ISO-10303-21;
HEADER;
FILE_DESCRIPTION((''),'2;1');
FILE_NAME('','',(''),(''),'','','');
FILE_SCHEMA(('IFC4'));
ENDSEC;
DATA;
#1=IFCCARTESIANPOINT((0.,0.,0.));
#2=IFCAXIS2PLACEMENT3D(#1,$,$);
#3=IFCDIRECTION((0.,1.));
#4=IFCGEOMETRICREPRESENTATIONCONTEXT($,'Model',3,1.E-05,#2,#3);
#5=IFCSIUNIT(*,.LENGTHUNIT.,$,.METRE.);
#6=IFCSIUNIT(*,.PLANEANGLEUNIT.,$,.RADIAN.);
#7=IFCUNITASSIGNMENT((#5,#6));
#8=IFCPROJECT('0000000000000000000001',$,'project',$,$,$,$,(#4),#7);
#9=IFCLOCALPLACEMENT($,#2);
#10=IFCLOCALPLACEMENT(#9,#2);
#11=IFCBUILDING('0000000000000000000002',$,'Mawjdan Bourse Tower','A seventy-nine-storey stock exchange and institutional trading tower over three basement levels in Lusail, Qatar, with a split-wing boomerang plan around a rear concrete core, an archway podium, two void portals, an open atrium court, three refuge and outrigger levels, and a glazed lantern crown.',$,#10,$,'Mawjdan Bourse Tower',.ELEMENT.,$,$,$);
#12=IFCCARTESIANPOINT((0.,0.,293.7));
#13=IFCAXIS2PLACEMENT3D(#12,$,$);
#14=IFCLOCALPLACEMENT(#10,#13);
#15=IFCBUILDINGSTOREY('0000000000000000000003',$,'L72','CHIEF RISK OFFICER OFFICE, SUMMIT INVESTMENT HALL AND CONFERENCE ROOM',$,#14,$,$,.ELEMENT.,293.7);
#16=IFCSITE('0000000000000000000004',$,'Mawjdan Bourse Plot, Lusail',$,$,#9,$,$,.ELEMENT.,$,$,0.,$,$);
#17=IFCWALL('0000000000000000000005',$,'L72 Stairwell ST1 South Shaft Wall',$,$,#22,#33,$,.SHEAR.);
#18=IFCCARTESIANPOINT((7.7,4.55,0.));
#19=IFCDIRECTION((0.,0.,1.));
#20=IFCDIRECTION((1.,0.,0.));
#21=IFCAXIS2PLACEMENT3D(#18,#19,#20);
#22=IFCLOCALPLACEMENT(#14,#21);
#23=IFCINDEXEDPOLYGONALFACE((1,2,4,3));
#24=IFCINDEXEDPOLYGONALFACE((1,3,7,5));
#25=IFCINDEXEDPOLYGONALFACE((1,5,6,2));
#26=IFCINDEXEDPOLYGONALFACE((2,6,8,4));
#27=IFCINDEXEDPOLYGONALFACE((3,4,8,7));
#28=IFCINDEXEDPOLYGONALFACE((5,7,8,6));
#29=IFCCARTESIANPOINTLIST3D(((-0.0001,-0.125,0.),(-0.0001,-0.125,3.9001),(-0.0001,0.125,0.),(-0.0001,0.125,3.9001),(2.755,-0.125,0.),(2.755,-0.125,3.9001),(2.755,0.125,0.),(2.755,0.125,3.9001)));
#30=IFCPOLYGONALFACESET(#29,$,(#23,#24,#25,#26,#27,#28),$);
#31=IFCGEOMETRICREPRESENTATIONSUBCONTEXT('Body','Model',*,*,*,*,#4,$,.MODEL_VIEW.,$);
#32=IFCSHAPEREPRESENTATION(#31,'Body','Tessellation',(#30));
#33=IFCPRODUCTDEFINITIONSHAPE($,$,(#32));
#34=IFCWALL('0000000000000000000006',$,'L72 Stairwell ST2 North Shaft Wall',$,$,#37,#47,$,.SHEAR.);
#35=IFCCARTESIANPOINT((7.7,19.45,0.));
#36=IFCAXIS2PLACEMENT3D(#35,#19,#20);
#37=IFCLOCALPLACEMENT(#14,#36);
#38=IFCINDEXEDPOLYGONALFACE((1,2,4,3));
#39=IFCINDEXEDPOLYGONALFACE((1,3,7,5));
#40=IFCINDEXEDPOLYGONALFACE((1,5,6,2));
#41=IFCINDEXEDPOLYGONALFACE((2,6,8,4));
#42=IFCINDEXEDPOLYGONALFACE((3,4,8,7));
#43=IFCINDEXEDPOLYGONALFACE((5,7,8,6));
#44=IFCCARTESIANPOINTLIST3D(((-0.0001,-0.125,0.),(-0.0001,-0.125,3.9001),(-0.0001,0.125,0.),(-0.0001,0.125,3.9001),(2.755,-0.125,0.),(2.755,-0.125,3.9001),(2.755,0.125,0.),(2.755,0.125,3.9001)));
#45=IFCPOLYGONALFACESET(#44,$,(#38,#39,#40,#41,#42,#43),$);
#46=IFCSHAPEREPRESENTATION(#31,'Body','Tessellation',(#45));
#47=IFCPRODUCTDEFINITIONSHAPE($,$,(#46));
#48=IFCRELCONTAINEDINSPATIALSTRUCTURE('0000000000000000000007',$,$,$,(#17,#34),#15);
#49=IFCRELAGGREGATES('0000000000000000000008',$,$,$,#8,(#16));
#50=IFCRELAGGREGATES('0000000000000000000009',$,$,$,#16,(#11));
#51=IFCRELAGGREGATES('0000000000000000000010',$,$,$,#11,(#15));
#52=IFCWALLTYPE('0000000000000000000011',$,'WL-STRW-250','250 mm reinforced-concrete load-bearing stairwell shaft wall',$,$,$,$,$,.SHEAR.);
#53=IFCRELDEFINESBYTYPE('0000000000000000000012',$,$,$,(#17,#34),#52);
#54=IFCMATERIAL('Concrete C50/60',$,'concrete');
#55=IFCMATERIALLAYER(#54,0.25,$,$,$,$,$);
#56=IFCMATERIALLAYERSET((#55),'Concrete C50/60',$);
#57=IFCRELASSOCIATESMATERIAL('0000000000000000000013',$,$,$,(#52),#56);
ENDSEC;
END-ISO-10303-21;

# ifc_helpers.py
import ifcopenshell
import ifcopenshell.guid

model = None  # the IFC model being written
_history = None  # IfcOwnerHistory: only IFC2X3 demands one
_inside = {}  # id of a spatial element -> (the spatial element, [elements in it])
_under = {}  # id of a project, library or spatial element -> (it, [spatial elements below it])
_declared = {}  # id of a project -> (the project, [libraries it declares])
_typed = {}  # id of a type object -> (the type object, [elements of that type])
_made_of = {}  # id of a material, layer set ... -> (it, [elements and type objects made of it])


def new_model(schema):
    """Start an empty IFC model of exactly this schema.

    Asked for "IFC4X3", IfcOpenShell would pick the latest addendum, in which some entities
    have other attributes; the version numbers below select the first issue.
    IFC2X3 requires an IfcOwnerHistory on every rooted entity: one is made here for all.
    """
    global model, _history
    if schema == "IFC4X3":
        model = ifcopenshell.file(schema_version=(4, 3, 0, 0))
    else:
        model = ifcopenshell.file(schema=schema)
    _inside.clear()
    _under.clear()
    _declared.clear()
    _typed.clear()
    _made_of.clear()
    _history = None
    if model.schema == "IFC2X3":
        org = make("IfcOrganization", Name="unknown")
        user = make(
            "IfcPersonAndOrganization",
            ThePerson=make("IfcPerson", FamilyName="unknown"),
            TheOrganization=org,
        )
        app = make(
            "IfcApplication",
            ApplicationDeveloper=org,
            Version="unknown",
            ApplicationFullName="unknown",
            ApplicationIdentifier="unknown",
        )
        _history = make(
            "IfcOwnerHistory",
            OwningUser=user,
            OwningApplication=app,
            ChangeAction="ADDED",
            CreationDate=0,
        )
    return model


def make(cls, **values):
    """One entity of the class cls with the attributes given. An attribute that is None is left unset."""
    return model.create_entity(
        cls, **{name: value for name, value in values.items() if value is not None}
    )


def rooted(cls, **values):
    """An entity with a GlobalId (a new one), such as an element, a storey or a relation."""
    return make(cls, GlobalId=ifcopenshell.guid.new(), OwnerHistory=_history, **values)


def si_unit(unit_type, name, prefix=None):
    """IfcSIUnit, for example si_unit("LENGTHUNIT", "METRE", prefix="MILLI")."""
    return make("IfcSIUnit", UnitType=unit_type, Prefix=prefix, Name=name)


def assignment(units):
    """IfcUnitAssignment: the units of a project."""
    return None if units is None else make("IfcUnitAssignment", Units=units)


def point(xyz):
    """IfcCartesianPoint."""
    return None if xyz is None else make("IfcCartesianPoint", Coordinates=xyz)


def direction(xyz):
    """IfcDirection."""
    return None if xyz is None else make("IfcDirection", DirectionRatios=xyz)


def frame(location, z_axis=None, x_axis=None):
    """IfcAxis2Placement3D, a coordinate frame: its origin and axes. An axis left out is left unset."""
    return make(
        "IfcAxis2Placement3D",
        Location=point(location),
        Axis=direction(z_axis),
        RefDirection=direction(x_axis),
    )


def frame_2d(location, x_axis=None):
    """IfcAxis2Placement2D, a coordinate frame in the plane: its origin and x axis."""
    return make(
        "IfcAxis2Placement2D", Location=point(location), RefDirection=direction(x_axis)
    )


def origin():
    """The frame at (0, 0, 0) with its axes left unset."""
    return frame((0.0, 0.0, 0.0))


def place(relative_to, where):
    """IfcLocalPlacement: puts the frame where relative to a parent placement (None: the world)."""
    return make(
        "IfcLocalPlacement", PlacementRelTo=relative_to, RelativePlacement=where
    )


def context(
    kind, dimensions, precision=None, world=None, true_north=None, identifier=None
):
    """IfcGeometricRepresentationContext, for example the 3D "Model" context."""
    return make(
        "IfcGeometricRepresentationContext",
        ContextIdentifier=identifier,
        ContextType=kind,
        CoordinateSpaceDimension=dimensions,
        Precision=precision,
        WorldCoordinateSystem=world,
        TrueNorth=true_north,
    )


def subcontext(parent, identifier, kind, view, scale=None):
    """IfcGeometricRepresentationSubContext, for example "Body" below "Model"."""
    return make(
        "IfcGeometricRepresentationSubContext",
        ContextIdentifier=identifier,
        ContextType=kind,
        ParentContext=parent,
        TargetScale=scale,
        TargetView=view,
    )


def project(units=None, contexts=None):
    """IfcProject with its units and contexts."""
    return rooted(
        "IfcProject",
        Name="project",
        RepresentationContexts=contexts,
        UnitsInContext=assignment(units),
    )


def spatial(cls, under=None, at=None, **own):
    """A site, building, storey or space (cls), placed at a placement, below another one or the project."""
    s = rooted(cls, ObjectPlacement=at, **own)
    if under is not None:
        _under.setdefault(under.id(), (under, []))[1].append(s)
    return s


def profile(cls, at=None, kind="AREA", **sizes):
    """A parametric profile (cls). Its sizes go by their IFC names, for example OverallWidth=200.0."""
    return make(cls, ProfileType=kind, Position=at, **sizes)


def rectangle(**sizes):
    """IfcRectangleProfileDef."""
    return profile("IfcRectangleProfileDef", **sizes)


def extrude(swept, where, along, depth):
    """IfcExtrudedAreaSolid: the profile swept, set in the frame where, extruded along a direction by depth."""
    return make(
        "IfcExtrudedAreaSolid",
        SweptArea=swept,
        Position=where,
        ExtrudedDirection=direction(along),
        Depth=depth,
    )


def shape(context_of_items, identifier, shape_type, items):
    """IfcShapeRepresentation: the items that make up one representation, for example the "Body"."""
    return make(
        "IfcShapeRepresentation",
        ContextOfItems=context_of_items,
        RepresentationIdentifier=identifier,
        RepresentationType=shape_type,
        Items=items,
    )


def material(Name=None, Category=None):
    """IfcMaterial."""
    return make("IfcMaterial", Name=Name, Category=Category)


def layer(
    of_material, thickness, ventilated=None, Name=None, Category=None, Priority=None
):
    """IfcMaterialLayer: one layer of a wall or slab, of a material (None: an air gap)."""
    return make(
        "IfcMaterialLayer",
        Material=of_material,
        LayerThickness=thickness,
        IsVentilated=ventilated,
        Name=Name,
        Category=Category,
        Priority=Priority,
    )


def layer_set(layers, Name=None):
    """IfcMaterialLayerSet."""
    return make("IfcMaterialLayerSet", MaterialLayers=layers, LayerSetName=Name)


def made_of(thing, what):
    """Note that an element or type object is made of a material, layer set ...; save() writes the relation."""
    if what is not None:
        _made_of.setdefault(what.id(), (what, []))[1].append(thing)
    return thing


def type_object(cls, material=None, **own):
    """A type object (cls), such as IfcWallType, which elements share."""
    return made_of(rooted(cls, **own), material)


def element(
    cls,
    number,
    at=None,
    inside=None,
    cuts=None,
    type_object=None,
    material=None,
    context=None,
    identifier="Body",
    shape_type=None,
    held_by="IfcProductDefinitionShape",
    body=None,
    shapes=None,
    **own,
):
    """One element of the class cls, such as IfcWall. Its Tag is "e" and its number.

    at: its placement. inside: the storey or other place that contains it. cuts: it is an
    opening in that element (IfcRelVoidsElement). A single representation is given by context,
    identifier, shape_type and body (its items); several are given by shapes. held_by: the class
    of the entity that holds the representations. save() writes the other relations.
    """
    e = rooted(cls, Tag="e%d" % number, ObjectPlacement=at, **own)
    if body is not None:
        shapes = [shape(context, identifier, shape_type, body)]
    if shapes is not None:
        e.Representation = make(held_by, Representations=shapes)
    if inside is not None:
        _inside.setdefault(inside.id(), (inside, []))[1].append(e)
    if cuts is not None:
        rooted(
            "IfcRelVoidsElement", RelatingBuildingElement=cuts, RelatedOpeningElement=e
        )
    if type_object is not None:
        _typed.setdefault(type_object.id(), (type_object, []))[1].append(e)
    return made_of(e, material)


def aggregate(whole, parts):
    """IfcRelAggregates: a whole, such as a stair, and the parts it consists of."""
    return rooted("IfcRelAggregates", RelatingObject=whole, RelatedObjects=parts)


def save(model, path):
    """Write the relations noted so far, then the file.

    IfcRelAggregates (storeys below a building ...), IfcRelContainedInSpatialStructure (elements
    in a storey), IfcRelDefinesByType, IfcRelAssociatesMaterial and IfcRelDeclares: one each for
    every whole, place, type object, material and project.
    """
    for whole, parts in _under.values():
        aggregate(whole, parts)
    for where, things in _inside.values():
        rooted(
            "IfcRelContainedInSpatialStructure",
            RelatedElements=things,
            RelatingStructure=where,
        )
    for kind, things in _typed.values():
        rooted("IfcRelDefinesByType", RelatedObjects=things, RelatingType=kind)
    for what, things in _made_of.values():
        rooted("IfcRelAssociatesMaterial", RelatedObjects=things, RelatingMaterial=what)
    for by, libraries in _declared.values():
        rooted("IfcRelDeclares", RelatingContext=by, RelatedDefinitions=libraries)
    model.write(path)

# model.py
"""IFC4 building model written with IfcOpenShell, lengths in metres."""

from ifc_helpers import new_model, si_unit, direction, frame, frame_2d, origin, place, context, subcontext, project, spatial, rectangle, extrude, material, layer, layer_set, type_object, element, save


model = new_model("IFC4")

# Units and contexts
model_context = context("Model", 3, precision=1e-05, world=origin(), true_north=direction((0.0, 1.0)))
body_context = subcontext(model_context, "Body", "Model", "MODEL_VIEW")
ifc_project = project(units=[si_unit("LENGTHUNIT", "METRE"), si_unit("PLANEANGLEUNIT", "RADIAN")], contexts=[model_context])

# Site, building, storey
site_placement = place(None, origin())
site = spatial("IfcSite", under=ifc_project, at=site_placement, Name="Mawjdan Bourse Plot, Lusail", CompositionType="ELEMENT", RefElevation=0.0)
building_placement = place(site_placement, origin())
building = spatial("IfcBuilding", under=site, at=building_placement, Name="Mawjdan Bourse Tower", Description="A seventy-nine-storey stock exchange and institutional trading tower over three basement levels in Lusail, Qatar, with a split-wing boomerang plan around a rear concrete core, an archway podium, two void portals, an open atrium court, three refuge and outrigger levels, and a glazed lantern crown.", LongName="Mawjdan Bourse Tower", CompositionType="ELEMENT")
storey_placement = place(building_placement, frame((0.0, 0.0, 293.7)))
storey = spatial("IfcBuildingStorey", under=building, at=storey_placement, Name="L72", Description="CHIEF RISK OFFICER OFFICE, SUMMIT INVESTMENT HALL AND CONFERENCE ROOM", CompositionType="ELEMENT", Elevation=293.7)

# Shared definitions
ifc_material_1 = material(Name="Concrete C50/60", Category="concrete")

# Walls
ifc_layer_1 = layer(ifc_material_1, 0.25)
ifc_layer_set_1 = layer_set([ifc_layer_1], Name="Concrete C50/60")
wall_type_1 = type_object("IfcWallType", Name="WL-STRW-250", Description="250 mm reinforced-concrete load-bearing stairwell shaft wall", PredefinedType="SHEAR", material=ifc_layer_set_1)
for number, where, z_axis, x_axis, name in (
    (1, (7.7, 4.55, 0.0), (0.0, 0.0, 1.0), (1.0, 0.0, 0.0), "L72 Stairwell ST1 South Shaft Wall"),
    (2, (7.7, 19.45, 0.0), (0.0, 0.0, 1.0), (1.0, 0.0, 0.0), "L72 Stairwell ST2 North Shaft Wall"),
):
    element("IfcWall", number, at=place(storey_placement, frame(where, z_axis=z_axis, x_axis=x_axis)), inside=storey, type_object=wall_type_1, Name=name, PredefinedType="SHEAR", context=body_context, shape_type="SweptSolid", body=[
        extrude(rectangle(XDim=2.7551, YDim=0.25, at=frame_2d((1.3774, 0.0))), origin(), (0.0, 0.0, 1.0), 3.9001),
    ])

save(model, "model.ifc")
